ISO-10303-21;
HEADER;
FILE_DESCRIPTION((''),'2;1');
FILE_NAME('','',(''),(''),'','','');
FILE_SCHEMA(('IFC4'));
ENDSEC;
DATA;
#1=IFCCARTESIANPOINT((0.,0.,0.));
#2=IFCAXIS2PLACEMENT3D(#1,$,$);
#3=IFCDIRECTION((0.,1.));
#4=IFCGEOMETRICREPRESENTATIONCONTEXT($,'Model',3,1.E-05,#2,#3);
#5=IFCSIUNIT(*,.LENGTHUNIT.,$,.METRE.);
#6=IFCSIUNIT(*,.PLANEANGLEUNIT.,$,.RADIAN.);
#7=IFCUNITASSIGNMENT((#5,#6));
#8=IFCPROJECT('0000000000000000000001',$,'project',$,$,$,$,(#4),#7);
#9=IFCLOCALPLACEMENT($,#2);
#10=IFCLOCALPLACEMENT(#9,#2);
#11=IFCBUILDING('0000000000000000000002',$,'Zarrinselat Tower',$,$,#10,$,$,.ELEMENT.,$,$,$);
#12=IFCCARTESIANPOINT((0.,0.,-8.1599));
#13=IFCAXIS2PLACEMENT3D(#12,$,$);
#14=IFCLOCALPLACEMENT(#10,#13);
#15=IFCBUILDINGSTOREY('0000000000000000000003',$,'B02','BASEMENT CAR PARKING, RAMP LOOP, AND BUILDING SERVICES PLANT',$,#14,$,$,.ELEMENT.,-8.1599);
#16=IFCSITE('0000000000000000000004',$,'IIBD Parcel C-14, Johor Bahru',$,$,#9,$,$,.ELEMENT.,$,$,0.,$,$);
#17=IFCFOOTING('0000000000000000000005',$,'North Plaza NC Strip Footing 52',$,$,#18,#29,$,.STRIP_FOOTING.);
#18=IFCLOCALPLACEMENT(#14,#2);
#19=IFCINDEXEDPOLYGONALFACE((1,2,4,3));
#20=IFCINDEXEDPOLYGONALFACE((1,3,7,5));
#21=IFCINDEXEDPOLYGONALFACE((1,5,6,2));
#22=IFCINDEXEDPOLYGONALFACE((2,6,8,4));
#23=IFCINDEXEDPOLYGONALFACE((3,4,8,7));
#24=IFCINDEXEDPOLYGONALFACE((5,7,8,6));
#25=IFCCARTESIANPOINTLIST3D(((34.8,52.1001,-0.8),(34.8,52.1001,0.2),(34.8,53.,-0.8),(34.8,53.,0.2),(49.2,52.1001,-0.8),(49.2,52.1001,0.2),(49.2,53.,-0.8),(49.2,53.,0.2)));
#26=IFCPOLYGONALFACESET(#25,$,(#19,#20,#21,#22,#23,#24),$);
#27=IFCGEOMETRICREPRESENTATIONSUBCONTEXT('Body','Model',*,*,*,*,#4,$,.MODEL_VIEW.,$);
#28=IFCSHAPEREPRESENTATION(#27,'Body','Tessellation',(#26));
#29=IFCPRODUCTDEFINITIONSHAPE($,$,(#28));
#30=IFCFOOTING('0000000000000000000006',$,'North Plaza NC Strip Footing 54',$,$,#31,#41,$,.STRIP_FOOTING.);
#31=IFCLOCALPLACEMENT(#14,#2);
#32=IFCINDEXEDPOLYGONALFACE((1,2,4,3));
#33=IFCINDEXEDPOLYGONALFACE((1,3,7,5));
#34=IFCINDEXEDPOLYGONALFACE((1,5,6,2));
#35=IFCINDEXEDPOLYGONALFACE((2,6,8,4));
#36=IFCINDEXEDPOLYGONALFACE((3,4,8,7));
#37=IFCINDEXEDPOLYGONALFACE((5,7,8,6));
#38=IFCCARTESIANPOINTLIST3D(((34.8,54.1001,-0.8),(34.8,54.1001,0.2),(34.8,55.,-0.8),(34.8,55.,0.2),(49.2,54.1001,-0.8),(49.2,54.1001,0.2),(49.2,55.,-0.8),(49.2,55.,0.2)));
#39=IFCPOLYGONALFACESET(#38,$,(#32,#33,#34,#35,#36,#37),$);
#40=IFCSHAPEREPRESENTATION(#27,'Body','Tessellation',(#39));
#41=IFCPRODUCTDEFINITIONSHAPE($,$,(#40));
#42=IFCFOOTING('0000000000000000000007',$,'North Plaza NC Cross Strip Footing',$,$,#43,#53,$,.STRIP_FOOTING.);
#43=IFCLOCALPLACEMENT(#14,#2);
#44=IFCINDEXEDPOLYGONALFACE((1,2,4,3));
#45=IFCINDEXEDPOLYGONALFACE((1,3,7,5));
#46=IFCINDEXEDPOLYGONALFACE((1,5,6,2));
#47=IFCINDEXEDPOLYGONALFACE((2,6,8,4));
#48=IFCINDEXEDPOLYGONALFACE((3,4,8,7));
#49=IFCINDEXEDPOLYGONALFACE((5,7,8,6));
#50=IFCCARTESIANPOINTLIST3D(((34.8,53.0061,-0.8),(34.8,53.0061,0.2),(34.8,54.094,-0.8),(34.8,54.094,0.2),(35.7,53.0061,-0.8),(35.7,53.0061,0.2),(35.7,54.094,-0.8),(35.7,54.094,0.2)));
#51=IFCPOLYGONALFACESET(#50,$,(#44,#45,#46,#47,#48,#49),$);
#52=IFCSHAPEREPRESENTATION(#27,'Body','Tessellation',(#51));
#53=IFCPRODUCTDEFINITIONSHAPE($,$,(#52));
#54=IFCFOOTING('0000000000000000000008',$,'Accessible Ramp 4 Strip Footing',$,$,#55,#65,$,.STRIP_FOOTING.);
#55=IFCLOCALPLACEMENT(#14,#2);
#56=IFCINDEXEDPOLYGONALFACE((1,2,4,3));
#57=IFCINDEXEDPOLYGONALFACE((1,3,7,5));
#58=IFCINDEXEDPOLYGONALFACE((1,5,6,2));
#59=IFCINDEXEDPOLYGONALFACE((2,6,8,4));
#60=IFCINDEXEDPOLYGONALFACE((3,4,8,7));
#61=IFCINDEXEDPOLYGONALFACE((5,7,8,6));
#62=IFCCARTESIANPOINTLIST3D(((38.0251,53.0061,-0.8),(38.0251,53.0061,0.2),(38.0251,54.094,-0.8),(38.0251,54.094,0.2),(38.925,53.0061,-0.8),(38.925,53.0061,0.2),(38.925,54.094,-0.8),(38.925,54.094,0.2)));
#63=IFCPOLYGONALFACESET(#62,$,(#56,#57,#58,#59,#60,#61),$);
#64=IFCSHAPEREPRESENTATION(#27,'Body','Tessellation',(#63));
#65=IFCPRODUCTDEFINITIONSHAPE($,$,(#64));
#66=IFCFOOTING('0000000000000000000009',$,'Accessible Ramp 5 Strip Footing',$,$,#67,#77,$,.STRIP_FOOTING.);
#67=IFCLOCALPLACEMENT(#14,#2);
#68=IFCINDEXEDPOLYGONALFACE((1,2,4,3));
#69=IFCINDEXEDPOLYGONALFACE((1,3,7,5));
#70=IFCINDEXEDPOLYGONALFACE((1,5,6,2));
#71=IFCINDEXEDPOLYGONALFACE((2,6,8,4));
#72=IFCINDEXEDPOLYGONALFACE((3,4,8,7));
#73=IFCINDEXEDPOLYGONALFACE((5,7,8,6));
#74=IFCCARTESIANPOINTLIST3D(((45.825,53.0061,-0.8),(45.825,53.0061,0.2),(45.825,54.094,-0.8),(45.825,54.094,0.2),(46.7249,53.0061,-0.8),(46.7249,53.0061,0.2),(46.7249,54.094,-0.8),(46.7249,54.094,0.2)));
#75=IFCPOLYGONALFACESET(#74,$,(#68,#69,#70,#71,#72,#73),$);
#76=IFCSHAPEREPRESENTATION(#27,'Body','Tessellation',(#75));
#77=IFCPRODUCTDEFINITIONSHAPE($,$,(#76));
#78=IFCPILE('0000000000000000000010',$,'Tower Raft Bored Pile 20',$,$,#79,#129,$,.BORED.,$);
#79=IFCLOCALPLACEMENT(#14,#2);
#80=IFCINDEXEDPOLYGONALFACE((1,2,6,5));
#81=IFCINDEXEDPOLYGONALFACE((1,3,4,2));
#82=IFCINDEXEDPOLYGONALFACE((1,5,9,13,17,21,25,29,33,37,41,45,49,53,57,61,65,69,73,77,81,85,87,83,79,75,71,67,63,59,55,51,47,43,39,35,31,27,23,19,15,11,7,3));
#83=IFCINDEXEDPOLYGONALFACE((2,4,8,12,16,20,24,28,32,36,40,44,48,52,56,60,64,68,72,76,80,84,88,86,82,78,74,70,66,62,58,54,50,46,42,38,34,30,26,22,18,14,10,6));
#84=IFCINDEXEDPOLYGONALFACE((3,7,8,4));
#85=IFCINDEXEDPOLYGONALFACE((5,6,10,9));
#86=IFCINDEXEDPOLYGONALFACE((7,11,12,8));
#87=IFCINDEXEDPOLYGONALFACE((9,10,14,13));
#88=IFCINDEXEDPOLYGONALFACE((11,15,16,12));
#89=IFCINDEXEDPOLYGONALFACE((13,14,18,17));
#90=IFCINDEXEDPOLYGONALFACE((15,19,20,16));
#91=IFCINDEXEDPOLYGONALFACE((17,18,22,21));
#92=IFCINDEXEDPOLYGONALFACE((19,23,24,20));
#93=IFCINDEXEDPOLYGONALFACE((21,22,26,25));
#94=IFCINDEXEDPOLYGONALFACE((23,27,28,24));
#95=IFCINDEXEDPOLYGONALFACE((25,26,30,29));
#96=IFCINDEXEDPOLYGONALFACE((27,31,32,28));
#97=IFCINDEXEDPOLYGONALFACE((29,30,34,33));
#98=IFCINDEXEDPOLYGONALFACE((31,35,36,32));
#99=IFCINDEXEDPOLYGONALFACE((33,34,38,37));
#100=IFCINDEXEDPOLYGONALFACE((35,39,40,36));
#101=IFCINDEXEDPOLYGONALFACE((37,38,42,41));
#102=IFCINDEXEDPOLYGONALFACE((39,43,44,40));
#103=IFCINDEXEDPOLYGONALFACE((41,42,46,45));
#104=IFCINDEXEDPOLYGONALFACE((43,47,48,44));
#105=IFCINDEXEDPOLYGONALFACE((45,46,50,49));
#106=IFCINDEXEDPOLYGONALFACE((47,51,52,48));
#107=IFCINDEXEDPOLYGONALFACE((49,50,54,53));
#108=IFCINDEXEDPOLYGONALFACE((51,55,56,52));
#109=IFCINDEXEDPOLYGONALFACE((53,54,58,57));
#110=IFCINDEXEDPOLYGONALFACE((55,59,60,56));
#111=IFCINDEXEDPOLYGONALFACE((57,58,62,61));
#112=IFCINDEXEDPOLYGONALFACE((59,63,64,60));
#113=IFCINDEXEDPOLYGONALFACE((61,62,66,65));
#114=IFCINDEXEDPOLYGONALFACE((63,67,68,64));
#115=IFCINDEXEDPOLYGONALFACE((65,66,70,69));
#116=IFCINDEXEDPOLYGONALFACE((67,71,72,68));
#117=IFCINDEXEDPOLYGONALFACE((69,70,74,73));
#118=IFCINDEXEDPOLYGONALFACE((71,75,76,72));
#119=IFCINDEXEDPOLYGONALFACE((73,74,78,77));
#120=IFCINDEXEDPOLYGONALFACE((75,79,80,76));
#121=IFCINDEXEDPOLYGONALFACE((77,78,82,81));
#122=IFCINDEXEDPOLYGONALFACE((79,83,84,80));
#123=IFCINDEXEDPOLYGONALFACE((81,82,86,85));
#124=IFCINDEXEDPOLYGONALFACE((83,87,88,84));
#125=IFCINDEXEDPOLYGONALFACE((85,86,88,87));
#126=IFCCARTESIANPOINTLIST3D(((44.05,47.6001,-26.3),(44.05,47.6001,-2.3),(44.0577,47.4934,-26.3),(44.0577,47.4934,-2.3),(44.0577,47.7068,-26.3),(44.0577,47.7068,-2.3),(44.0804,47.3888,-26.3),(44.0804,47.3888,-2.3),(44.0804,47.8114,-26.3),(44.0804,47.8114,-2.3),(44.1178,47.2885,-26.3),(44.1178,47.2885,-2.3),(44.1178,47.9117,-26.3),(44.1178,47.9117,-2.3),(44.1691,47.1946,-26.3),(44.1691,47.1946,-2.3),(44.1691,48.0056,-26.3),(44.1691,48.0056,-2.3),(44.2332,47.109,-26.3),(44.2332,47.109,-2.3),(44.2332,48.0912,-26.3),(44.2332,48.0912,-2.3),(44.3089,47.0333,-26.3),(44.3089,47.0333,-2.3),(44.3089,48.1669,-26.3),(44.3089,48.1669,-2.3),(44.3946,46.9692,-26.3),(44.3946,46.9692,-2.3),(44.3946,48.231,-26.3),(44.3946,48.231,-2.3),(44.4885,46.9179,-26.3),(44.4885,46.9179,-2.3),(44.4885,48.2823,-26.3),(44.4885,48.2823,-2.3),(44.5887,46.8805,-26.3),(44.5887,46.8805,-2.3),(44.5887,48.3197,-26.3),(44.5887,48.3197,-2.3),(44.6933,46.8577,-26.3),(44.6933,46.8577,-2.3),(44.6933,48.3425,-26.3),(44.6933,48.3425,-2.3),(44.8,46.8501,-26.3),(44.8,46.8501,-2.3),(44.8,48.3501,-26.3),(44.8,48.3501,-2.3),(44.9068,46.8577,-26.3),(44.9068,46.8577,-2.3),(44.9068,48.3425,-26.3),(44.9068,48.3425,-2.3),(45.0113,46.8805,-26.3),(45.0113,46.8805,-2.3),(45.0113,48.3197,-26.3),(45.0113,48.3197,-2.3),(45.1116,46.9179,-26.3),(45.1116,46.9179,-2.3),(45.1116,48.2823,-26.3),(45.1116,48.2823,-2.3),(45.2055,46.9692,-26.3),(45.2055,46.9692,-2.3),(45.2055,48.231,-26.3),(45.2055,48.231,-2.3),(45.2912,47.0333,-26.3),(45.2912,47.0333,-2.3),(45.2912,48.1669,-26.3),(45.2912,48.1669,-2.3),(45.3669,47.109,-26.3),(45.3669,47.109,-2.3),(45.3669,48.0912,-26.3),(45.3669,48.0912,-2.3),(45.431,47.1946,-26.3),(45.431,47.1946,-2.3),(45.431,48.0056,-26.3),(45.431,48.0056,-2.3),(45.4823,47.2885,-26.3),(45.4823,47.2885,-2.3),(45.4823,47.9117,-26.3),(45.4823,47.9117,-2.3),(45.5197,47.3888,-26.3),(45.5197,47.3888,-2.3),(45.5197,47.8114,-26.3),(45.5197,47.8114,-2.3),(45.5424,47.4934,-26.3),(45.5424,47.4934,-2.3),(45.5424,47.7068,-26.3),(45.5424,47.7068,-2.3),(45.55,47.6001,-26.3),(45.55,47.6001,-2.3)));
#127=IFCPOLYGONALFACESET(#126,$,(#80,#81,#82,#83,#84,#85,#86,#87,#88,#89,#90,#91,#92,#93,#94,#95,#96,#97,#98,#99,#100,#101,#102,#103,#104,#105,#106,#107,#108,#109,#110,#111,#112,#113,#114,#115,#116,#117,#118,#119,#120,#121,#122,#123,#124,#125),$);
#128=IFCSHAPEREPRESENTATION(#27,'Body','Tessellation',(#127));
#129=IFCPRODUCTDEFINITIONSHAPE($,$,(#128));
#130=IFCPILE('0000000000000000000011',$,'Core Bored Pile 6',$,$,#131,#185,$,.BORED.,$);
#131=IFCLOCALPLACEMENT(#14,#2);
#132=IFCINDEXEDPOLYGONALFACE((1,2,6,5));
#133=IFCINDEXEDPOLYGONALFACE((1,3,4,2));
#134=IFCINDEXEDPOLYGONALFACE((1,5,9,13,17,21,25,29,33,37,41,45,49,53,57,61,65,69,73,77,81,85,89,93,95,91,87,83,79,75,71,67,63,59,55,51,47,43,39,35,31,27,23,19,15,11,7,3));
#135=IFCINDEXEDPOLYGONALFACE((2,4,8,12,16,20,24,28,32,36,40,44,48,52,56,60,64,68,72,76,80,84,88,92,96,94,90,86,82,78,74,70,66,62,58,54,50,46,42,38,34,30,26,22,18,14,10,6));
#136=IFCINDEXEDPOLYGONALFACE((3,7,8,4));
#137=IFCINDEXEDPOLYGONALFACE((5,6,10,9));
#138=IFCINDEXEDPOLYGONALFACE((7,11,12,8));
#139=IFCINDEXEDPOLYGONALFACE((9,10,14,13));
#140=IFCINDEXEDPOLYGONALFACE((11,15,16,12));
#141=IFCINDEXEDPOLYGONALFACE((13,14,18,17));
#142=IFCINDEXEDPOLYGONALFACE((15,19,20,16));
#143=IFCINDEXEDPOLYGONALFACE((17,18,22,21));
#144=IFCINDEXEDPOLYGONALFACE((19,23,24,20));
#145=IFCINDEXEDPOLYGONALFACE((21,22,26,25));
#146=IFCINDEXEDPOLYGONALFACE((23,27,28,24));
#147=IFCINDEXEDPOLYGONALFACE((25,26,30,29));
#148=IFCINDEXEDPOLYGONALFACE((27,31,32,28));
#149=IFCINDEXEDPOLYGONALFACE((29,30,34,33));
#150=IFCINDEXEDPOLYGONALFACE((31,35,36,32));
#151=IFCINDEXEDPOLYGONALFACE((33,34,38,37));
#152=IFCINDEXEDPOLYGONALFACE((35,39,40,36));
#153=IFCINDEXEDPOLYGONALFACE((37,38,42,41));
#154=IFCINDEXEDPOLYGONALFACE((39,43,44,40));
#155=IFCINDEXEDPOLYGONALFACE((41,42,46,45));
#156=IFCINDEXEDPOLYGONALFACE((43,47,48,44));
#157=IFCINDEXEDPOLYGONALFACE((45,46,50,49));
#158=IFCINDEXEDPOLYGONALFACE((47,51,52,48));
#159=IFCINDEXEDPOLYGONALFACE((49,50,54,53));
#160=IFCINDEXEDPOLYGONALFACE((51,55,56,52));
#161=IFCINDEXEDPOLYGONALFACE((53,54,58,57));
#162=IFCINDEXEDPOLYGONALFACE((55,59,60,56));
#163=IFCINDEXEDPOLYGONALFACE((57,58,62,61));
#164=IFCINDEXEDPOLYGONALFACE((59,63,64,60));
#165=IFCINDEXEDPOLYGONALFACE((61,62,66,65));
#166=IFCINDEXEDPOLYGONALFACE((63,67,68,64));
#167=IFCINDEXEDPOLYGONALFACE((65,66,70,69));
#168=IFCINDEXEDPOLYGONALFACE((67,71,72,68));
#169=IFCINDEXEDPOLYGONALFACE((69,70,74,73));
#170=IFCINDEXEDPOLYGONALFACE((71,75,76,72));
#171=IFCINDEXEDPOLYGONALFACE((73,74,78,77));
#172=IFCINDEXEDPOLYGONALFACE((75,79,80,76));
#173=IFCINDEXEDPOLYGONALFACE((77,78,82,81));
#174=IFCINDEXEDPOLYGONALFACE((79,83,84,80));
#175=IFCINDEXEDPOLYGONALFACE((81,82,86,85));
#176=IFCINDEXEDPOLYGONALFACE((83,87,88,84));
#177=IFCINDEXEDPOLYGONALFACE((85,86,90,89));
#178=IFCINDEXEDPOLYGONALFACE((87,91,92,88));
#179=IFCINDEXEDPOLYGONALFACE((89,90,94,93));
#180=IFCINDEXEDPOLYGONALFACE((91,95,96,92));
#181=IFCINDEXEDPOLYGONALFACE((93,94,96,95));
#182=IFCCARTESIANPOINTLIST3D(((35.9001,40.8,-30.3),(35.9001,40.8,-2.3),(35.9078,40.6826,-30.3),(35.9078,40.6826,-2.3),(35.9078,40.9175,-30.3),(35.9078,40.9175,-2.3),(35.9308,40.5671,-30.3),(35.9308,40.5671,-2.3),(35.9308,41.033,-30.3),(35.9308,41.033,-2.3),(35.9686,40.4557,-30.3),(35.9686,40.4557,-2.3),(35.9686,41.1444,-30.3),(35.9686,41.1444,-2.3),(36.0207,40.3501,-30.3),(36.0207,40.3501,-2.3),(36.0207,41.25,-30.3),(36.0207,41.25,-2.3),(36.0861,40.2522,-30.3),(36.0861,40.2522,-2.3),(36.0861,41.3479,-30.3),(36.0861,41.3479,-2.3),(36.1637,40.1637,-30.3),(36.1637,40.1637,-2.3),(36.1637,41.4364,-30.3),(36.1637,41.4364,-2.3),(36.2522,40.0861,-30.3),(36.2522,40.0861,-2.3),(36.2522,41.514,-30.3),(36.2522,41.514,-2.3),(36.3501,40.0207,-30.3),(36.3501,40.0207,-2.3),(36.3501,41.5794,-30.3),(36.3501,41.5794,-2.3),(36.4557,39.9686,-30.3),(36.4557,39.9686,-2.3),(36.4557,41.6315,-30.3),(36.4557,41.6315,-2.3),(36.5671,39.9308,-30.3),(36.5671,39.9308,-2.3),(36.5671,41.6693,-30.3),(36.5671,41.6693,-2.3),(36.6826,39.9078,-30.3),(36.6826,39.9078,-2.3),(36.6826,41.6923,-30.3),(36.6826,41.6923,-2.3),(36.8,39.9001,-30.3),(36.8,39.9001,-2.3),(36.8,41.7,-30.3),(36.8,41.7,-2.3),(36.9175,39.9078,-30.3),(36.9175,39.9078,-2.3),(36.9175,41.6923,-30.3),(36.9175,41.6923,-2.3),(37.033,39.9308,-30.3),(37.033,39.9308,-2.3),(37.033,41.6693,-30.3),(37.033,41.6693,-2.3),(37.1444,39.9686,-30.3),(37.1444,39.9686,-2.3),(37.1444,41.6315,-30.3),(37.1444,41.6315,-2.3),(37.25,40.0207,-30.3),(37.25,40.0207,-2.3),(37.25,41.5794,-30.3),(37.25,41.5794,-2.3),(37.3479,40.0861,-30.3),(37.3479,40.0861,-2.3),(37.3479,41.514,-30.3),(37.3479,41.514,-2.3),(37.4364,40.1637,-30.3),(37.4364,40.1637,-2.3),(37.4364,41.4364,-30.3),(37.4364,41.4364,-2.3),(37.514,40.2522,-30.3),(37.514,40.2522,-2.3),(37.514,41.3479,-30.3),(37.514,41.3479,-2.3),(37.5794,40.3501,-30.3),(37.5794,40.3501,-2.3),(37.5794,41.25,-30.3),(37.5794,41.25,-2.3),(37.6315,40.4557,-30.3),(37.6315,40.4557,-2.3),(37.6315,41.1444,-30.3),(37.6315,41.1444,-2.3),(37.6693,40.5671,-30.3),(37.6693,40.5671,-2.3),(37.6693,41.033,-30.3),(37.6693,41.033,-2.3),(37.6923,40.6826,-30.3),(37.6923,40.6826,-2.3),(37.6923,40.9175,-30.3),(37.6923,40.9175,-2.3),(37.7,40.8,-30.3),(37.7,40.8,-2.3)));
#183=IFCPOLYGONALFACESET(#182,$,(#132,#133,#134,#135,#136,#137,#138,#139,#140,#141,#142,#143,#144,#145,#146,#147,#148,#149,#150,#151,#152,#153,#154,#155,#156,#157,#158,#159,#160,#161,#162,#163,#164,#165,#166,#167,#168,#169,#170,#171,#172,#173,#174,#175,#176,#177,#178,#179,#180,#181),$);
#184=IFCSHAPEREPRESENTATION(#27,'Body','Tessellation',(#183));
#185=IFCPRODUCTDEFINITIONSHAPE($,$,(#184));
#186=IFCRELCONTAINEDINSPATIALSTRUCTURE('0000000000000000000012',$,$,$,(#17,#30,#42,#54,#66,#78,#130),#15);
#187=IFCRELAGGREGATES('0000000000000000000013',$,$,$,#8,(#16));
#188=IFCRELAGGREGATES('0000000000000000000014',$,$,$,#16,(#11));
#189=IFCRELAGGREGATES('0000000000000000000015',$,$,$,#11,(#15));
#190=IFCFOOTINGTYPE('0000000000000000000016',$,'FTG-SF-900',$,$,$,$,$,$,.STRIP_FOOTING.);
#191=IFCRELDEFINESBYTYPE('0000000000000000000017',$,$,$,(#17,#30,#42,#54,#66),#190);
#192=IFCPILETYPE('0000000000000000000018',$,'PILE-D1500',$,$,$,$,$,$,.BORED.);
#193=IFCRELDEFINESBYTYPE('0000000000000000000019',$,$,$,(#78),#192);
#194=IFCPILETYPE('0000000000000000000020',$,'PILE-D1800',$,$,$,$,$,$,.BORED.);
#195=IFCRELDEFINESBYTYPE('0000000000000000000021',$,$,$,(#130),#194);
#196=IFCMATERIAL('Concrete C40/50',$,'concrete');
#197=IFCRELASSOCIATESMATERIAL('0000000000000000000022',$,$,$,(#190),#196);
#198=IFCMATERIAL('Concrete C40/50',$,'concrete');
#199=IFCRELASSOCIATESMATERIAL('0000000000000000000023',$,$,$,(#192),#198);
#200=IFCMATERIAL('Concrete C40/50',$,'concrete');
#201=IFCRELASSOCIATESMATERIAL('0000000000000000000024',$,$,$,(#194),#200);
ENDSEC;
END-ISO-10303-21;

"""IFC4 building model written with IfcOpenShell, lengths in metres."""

from ifc_helpers import new_model, si_unit, direction, frame, origin, origin_2d, place, context, subcontext, project, spatial, rectangle, circle, extrude, material, material_profile, profile_set, type_object, element, save


model = new_model("IFC4")

# Units and contexts
model_context = context("Model", 3, precision=1e-05, world=origin(), true_north=direction((0.0, 1.0)))
body_context = subcontext(model_context, "Body", "Model", "MODEL_VIEW")
ifc_project = project(units=[si_unit("LENGTHUNIT", "METRE"), si_unit("PLANEANGLEUNIT", "RADIAN")], contexts=[model_context])

# Site, building, storey
site_placement = place(None, origin())
site = spatial("IfcSite", under=ifc_project, at=site_placement, Name="IIBD Parcel C-14, Johor Bahru", CompositionType="ELEMENT", RefElevation=0.0)
building_placement = place(site_placement, origin())
building = spatial("IfcBuilding", under=site, at=building_placement, Name="Zarrinselat Tower", CompositionType="ELEMENT")
storey_placement = place(building_placement, frame((0.0, 0.0, -8.1599)))
storey = spatial("IfcBuildingStorey", under=building, at=storey_placement, Name="B02", Description="BASEMENT CAR PARKING, RAMP LOOP, AND BUILDING SERVICES PLANT", CompositionType="ELEMENT", Elevation=-8.1599)

# Footings
ifc_material_1 = material(Name="Concrete C40/50", Category="concrete")
ifc_material_profile_1 = material_profile(ifc_material_1, rectangle(XDim=0.8999, YDim=1.0, at=origin_2d()), Name="RC SF 900x1000")
ifc_profile_set_1 = profile_set([ifc_material_profile_1], Name="Concrete C40/50")
footing_type = type_object("IfcFootingType", Name="FTG-SF-900", PredefinedType="STRIP_FOOTING", material=ifc_profile_set_1)
for number, where, z_axis, x_axis, name in (
    (1, (34.8, 52.55, -0.3), (1.0, 0.0, 0.0), (0.0, 1.0, 0.0), "North Plaza NC Strip Footing 52"),
    (2, (34.8, 54.55, -0.3), (1.0, 0.0, 0.0), (0.0, 1.0, 0.0), "North Plaza NC Strip Footing 54"),
):
    element("IfcFooting", number, at=place(storey_placement, frame(where, z_axis=z_axis, x_axis=x_axis)), inside=storey, type_object=footing_type, Name=name, PredefinedType="STRIP_FOOTING", context=body_context, shape_type="SweptSolid", body=[
        extrude(rectangle(XDim=0.8999, YDim=1.0, at=origin_2d()), origin(), (0.0, 0.0, 1.0), 14.3999),
    ])
for number, where, z_axis, x_axis, name in (
    (3, (35.25, 53.0061, -0.3), (0.0, 1.0, 0.0), (-1.0, 0.0, 0.0), "North Plaza NC Cross Strip Footing"),
    (4, (38.4751, 53.0061, -0.3), (0.0, 1.0, 0.0), (-1.0, 0.0, 0.0), "Accessible Ramp 4 Strip Footing"),
    (5, (46.2749, 53.0061, -0.3), (0.0, 1.0, 0.0), (-1.0, 0.0, 0.0), "Accessible Ramp 5 Strip Footing"),
):
    element("IfcFooting", number, at=place(storey_placement, frame(where, z_axis=z_axis, x_axis=x_axis)), inside=storey, type_object=footing_type, Name=name, PredefinedType="STRIP_FOOTING", context=body_context, shape_type="SweptSolid", body=[
        extrude(rectangle(XDim=0.8999, YDim=1.0, at=origin_2d()), origin(), (0.0, 0.0, 1.0), 1.0879),
    ])

# Piles
ifc_material_2 = material(Name="Concrete C40/50", Category="concrete")
ifc_material_profile_2 = material_profile(ifc_material_2, circle(Radius=0.75, at=origin_2d()), Name="BORED PILE D1500")
ifc_profile_set_2 = profile_set([ifc_material_profile_2], Name="Concrete C40/50")
pile_type_1 = type_object("IfcPileType", Name="PILE-D1500", PredefinedType="BORED", material=ifc_profile_set_2)
pile_placement = place(storey_placement, frame((44.8, 47.6001, -2.3), z_axis=(0.0, 0.0, -1.0), x_axis=(1.0, 0.0, 0.0)))
element("IfcPile", 6, at=pile_placement, inside=storey, type_object=pile_type_1, Name="Tower Raft Bored Pile 20", PredefinedType="BORED", context=body_context, shape_type="SweptSolid", body=[
    extrude(circle(Radius=0.75, at=origin_2d()), origin(), (0.0, 0.0, 1.0), 24.0),
])
ifc_material_3 = material(Name="Concrete C40/50", Category="concrete")
ifc_material_profile_3 = material_profile(ifc_material_3, circle(Radius=0.8999, at=origin_2d()), Name="BORED PILE D1800")
ifc_profile_set_3 = profile_set([ifc_material_profile_3], Name="Concrete C40/50")
pile_type_2 = type_object("IfcPileType", Name="PILE-D1800", PredefinedType="BORED", material=ifc_profile_set_3)
for number, where, z_axis, x_axis, name in (
    (7, (36.8, 40.8, -2.3), (0.0, 0.0, -1.0), (1.0, 0.0, 0.0), "Core Bored Pile 6"),
):
    element("IfcPile", number, at=place(storey_placement, frame(where, z_axis=z_axis, x_axis=x_axis)), inside=storey, type_object=pile_type_2, Name=name, PredefinedType="BORED", context=body_context, shape_type="SweptSolid", body=[
        extrude(circle(Radius=0.8999, at=origin_2d()), origin(), (0.0, 0.0, 1.0), 28.0),
    ])

save(model, "model.ifc")
